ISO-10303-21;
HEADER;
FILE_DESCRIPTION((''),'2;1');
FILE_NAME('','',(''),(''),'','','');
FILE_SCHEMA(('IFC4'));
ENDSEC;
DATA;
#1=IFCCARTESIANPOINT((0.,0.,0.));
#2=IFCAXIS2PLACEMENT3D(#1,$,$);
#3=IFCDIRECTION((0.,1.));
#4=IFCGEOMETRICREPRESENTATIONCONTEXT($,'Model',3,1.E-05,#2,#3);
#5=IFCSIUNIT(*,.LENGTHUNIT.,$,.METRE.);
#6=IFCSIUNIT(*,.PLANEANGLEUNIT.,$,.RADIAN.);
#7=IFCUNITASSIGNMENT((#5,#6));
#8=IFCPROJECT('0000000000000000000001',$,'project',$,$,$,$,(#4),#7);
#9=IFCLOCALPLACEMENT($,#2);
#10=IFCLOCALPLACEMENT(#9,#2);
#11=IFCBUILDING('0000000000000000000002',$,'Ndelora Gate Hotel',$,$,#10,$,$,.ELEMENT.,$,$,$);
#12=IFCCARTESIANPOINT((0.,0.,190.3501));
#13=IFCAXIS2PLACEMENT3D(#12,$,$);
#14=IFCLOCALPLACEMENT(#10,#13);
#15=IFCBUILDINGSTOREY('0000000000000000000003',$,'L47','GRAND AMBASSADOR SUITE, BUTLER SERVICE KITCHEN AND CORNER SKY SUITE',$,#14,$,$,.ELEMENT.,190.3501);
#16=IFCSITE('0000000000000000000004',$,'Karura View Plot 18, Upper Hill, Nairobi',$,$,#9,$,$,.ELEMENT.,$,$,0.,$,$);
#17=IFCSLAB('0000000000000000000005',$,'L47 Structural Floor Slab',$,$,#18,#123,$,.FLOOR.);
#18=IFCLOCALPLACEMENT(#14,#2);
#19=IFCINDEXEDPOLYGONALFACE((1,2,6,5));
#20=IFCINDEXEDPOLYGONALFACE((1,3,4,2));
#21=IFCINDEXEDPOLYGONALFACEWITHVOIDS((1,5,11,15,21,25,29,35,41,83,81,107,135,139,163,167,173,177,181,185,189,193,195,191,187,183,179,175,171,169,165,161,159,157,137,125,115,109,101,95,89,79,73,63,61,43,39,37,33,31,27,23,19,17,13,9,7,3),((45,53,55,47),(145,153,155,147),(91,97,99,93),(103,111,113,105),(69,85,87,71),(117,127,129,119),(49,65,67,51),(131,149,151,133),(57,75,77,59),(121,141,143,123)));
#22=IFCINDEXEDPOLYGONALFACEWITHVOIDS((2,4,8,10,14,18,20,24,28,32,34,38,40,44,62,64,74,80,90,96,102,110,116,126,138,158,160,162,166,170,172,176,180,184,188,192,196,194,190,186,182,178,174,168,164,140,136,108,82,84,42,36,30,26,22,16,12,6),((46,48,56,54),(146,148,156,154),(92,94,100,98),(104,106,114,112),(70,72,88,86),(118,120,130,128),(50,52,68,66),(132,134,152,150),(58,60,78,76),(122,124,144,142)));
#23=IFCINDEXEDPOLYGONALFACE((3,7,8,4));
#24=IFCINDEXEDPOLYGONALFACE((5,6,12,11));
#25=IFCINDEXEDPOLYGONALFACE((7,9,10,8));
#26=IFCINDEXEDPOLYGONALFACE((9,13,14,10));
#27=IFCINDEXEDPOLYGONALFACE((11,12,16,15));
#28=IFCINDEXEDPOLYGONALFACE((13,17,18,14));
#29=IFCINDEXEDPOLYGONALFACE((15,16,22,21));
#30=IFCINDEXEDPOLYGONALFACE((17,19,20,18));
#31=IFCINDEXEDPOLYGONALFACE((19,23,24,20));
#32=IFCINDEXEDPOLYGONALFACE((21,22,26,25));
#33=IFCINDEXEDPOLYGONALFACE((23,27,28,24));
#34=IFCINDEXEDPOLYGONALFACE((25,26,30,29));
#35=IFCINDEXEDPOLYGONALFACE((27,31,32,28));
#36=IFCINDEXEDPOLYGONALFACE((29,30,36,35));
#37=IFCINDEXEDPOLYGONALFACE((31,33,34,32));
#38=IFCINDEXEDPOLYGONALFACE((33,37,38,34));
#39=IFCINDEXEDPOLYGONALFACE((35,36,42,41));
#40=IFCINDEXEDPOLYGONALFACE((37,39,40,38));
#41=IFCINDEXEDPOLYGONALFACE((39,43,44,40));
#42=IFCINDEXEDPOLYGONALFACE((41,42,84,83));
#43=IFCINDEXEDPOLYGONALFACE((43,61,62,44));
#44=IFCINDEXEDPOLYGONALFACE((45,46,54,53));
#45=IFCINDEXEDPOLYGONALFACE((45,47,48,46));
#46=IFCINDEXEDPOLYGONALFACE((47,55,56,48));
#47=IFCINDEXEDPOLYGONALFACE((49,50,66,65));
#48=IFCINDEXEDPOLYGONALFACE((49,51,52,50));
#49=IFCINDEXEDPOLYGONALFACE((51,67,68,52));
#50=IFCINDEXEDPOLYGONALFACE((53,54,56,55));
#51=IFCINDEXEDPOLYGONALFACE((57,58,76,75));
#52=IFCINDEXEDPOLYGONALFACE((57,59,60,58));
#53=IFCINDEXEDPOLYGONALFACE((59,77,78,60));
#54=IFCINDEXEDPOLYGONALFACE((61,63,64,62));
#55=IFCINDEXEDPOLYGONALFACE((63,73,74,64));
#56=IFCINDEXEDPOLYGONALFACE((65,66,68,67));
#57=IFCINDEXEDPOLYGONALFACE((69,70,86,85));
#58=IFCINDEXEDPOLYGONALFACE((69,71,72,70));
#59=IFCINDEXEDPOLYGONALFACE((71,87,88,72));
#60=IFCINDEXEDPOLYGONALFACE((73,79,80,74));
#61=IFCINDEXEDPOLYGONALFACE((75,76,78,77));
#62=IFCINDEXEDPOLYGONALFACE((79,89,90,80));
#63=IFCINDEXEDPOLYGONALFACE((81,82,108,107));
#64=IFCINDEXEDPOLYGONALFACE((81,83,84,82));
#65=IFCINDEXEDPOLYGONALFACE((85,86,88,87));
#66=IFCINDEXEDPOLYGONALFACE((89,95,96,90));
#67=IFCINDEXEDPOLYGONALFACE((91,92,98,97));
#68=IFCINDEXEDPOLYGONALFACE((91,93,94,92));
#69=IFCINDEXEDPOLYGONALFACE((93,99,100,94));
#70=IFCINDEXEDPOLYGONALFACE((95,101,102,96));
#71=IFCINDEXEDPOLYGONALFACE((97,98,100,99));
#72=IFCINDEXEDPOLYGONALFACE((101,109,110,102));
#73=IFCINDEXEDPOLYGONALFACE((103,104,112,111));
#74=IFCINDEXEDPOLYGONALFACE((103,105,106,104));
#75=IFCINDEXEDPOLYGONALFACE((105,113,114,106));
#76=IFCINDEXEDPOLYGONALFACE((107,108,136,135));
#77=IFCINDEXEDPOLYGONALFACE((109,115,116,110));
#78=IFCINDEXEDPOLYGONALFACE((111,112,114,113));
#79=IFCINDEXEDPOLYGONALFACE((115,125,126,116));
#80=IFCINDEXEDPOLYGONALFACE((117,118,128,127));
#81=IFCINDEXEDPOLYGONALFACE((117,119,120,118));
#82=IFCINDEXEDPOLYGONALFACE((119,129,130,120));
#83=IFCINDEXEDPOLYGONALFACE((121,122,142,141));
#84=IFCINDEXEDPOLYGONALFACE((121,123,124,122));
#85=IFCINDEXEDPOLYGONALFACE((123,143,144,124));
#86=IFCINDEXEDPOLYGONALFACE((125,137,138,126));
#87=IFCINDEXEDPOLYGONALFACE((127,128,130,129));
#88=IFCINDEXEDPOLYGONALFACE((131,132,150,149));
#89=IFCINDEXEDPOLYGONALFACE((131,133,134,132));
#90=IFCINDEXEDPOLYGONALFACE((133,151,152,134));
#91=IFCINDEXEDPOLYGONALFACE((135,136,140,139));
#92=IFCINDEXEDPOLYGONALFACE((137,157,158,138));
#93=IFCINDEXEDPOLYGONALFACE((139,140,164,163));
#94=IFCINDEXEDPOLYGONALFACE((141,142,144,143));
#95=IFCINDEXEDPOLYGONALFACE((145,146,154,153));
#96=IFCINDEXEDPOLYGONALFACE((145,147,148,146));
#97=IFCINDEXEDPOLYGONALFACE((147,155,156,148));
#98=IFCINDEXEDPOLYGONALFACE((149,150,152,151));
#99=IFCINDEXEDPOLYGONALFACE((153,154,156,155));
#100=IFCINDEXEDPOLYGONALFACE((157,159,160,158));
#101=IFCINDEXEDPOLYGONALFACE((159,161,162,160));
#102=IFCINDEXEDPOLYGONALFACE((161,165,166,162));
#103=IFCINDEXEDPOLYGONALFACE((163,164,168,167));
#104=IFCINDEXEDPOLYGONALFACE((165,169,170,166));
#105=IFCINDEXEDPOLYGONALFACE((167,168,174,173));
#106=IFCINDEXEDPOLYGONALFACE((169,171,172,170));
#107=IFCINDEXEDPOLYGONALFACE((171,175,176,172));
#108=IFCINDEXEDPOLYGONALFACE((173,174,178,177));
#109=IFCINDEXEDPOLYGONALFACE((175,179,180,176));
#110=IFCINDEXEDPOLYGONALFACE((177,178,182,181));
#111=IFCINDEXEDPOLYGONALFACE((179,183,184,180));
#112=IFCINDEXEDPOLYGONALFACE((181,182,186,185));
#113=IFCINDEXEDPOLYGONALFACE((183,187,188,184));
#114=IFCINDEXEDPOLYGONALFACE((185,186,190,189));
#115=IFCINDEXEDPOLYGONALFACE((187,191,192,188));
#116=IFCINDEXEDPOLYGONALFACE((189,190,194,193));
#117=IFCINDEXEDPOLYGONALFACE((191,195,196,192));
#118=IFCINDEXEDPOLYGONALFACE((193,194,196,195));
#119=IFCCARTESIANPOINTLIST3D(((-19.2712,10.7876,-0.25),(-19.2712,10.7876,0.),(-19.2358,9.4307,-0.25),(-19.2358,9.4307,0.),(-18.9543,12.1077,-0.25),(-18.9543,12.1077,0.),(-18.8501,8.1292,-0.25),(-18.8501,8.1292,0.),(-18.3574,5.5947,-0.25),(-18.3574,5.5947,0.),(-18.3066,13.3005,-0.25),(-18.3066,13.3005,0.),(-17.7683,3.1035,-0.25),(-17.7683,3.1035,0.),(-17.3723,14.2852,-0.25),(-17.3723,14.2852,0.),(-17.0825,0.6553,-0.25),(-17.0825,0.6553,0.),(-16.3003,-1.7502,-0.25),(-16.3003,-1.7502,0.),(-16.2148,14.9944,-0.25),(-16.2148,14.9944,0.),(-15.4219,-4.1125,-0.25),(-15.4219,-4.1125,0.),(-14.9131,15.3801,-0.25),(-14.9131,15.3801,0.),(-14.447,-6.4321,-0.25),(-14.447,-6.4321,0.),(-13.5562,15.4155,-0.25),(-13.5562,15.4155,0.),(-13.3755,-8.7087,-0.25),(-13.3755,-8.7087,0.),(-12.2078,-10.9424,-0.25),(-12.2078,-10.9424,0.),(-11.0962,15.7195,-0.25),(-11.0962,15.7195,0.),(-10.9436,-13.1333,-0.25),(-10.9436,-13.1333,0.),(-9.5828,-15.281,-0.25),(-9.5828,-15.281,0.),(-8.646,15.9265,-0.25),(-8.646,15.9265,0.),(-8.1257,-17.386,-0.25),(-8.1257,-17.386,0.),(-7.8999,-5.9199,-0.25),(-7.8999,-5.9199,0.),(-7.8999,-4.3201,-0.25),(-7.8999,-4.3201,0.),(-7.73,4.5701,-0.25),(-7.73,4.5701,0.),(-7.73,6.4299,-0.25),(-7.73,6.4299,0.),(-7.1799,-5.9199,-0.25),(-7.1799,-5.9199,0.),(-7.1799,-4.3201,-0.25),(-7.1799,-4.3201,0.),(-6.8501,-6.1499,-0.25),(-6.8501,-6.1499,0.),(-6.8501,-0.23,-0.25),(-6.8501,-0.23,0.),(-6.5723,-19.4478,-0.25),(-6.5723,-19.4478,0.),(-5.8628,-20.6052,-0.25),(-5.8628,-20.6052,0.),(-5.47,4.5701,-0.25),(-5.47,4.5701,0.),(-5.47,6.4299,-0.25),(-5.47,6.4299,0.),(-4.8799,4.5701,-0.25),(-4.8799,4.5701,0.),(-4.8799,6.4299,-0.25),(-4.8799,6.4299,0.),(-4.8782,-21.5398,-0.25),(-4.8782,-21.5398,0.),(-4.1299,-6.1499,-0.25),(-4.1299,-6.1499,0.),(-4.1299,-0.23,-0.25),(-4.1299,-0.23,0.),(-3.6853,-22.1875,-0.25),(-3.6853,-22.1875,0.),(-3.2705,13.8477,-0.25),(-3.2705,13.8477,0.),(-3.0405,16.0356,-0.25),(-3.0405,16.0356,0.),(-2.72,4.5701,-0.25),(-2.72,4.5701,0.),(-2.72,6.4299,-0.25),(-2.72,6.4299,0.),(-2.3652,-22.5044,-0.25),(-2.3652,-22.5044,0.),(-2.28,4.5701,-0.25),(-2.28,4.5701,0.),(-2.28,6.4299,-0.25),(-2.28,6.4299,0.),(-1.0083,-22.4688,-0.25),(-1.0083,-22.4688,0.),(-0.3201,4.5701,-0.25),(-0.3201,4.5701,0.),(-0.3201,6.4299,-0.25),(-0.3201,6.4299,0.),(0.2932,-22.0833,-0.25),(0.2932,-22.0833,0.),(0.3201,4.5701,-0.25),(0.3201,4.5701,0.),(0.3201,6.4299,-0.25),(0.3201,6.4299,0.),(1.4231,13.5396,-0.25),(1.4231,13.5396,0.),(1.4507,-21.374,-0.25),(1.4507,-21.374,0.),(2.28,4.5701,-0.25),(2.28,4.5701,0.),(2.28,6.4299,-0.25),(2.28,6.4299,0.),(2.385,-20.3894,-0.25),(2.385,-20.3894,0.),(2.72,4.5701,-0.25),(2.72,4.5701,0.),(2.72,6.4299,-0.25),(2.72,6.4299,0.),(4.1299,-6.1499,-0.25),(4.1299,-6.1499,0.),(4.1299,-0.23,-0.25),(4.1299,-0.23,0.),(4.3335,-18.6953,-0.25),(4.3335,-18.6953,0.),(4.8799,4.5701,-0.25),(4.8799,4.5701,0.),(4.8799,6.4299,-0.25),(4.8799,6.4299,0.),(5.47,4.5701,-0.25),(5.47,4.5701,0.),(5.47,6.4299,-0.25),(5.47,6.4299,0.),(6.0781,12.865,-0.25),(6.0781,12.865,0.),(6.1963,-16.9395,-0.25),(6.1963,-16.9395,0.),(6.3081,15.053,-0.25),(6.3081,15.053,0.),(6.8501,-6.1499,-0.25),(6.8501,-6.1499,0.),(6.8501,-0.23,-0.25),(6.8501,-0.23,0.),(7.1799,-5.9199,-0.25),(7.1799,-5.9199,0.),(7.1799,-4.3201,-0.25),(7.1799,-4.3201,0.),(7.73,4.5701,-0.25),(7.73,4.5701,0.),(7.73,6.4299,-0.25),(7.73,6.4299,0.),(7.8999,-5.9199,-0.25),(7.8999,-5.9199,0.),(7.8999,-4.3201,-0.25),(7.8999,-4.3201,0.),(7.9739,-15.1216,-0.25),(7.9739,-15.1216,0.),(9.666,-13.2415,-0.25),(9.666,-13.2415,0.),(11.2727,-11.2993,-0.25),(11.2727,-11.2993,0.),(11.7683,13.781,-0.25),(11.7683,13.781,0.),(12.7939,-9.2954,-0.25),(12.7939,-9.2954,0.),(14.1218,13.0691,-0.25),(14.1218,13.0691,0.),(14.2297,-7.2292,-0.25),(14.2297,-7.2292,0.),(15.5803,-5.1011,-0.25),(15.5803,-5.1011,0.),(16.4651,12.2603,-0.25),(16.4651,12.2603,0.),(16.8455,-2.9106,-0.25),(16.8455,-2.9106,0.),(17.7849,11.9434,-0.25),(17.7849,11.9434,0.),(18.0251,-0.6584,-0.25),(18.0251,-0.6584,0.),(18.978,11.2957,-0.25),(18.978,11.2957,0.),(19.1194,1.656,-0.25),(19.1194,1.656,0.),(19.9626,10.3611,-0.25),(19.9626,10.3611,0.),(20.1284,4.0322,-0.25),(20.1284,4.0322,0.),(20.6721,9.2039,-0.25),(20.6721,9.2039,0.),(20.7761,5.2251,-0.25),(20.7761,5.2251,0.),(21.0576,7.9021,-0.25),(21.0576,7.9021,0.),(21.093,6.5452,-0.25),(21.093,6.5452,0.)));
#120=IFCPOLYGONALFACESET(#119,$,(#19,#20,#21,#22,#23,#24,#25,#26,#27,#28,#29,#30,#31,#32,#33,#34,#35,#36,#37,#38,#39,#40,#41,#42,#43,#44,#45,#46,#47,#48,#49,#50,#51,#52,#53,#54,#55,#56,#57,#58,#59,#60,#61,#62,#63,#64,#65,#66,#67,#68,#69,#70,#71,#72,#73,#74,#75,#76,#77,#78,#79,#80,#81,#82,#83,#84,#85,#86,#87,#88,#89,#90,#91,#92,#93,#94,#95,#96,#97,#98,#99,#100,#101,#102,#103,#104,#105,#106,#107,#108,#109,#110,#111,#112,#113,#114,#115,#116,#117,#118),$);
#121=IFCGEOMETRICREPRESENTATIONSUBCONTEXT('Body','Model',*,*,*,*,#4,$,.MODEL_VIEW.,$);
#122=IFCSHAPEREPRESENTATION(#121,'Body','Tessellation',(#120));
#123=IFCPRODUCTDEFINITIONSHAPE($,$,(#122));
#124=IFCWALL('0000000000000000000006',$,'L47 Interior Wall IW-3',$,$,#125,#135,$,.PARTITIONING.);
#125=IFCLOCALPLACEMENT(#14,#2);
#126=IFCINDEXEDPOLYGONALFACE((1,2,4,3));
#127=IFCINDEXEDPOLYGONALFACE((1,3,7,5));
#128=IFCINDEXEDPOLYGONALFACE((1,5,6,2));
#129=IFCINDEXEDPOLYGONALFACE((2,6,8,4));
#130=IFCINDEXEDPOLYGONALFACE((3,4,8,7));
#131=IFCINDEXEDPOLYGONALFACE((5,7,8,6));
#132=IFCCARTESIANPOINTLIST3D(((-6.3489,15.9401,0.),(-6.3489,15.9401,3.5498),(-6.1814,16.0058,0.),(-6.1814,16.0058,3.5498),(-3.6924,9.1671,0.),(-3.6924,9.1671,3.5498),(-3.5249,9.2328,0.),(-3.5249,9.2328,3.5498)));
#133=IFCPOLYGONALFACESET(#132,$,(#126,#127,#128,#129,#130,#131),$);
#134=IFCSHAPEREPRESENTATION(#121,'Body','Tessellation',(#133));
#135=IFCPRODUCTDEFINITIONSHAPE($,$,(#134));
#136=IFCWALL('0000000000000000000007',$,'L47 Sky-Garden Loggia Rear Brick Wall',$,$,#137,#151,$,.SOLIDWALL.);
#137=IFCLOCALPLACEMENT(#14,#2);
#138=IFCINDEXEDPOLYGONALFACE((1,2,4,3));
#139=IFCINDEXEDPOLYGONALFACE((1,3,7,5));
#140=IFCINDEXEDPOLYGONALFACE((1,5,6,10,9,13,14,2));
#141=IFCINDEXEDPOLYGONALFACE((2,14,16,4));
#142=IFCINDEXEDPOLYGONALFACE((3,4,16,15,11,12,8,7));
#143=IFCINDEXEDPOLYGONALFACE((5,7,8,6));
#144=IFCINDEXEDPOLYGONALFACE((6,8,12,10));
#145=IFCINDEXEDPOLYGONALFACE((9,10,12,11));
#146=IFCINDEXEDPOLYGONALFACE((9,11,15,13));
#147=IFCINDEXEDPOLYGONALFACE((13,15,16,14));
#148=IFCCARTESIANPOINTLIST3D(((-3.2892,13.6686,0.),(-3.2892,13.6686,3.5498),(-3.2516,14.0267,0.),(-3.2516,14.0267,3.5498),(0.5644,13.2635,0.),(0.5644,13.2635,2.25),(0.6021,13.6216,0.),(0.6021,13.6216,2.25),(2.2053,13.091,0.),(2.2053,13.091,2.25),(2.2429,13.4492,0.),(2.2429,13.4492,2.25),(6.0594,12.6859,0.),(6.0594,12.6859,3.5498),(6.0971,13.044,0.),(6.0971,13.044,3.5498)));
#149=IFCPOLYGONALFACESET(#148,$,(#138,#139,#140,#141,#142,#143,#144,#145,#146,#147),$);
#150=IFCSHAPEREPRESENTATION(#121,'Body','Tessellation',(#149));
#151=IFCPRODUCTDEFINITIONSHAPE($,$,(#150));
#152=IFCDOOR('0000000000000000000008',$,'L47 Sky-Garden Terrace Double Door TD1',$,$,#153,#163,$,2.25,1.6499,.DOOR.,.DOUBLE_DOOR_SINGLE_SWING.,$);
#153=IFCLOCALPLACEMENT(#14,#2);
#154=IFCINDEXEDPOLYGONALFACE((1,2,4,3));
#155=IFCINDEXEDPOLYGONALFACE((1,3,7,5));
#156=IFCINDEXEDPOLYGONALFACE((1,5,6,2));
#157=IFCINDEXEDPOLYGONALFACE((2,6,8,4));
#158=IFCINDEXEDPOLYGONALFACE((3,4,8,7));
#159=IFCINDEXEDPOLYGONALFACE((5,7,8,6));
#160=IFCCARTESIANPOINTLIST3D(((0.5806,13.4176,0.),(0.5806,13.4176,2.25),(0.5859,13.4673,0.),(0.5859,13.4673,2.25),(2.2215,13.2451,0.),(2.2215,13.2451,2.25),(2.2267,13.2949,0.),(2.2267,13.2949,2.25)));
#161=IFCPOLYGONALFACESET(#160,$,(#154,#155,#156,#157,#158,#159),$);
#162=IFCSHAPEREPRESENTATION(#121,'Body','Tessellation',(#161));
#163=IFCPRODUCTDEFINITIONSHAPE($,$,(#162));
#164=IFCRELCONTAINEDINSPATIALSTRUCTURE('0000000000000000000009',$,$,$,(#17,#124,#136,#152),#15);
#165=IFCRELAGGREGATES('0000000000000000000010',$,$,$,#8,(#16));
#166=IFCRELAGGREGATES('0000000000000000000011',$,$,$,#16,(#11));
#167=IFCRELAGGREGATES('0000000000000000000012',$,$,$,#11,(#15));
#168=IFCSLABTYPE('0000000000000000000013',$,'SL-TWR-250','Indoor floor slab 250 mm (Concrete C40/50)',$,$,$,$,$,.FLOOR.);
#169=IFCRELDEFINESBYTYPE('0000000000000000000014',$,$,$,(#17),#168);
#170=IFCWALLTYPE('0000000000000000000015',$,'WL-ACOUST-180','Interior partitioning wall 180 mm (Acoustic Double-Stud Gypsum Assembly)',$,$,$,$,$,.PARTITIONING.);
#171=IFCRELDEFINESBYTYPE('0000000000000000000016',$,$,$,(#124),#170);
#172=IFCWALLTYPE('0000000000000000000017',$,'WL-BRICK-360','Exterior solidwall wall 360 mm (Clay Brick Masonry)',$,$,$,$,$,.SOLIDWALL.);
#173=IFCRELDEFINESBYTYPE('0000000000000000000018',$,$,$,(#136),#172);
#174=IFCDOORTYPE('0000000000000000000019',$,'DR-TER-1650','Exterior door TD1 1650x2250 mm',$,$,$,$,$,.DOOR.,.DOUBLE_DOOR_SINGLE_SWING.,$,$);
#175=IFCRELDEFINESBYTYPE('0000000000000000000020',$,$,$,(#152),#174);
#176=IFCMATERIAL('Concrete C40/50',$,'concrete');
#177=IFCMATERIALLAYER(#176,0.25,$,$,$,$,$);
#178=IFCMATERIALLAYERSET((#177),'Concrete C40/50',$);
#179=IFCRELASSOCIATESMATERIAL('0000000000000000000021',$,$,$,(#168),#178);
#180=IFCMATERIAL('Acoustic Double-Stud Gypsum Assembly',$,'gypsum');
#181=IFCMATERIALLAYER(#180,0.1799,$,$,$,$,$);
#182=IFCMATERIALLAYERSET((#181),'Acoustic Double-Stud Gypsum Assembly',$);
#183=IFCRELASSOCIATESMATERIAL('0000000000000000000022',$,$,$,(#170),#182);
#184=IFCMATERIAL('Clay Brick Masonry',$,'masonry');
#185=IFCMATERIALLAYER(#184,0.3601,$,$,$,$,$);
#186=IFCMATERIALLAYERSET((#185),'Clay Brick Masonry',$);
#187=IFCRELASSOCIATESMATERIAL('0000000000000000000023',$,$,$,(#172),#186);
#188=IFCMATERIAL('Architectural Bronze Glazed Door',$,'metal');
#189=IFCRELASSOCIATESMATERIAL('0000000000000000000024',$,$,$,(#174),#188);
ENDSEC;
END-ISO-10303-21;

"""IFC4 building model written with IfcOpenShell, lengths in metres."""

from ifc_helpers import new_model, si_unit, direction, frame, frame_2d, origin, place, context, subcontext, project, spatial, polyline, rectangle, outline, extrude, material, layer, layer_set, type_object, element, fill, save


model = new_model("IFC4")

# Units and contexts
model_context = context("Model", 3, precision=1e-05, world=origin(), true_north=direction((0.0, 1.0)))
body_context = subcontext(model_context, "Body", "Model", "MODEL_VIEW")
ifc_project = project(units=[si_unit("LENGTHUNIT", "METRE"), si_unit("PLANEANGLEUNIT", "RADIAN")], contexts=[model_context])

# Site, building, storey
site_placement = place(None, origin())
site = spatial("IfcSite", under=ifc_project, at=site_placement, Name="Karura View Plot 18, Upper Hill, Nairobi", CompositionType="ELEMENT", RefElevation=0.0)
building_placement = place(site_placement, origin())
building = spatial("IfcBuilding", under=site, at=building_placement, Name="Ndelora Gate Hotel", CompositionType="ELEMENT")
storey_placement = place(building_placement, frame((0.0, 0.0, 190.3501)))
storey = spatial("IfcBuildingStorey", under=building, at=storey_placement, Name="L47", Description="GRAND AMBASSADOR SUITE, BUTLER SERVICE KITCHEN AND CORNER SKY SUITE", CompositionType="ELEMENT", Elevation=190.3501)

# Slab
ifc_material_1 = material(Name="Concrete C40/50", Category="concrete")
ifc_layer_1 = layer(ifc_material_1, 0.25)
ifc_layer_set_1 = layer_set([ifc_layer_1], Name="Concrete C40/50")
slab_type_1 = type_object("IfcSlabType", Name="SL-TWR-250", Description="Indoor floor slab 250 mm (Concrete C40/50)", PredefinedType="FLOOR", material=ifc_layer_set_1)
slab_1_placement = place(storey_placement, frame((0.0, 0.0, -0.25)))
element("IfcSlab", 1, at=slab_1_placement, inside=storey, type_object=slab_type_1, Name="L47 Structural Floor Slab", PredefinedType="FLOOR", context=body_context, shape_type="SweptSolid", body=[
    extrude(outline(polyline([(-13.5562, 15.4155), (-14.9131, 15.3801), (-16.2148, 14.9944), (-17.3723, 14.2852), (-18.3066, 13.3005), (-18.9543, 12.1077), (-19.2712, 10.7876), (-19.2358, 9.4307), (-18.8501, 8.1292), (-18.3574, 5.5947), (-17.7683, 3.1035), (-17.0825, 0.6553), (-16.3003, -1.7502), (-15.4219, -4.1125), (-14.447, -6.4321), (-13.3755, -8.7087), (-12.2078, -10.9424), (-10.9436, -13.1333), (-9.5828, -15.281), (-8.1257, -17.386), (-6.5723, -19.4478), (-5.8628, -20.6052), (-4.8782, -21.5398), (-3.6853, -22.1875), (-2.3652, -22.5044), (-1.0083, -22.4688), (0.2932, -22.0833), (1.4507, -21.374), (2.385, -20.3894), (4.3335, -18.6953), (6.1963, -16.9395), (7.9739, -15.1216), (9.666, -13.2415), (11.2727, -11.2993), (12.7939, -9.2954), (14.2297, -7.2292), (15.5803, -5.1011), (16.8455, -2.9106), (18.0251, -0.6584), (19.1194, 1.656), (20.1284, 4.0322), (20.7761, 5.2251), (21.093, 6.5452), (21.0576, 7.9021), (20.6721, 9.2039), (19.9626, 10.3611), (18.978, 11.2957), (17.7849, 11.9434), (16.4651, 12.2603), (14.1218, 13.0691), (11.7683, 13.781), (6.3081, 15.053), (6.0781, 12.865), (1.4231, 13.5396), (-3.2705, 13.8477), (-3.0405, 16.0356), (-8.646, 15.9265), (-11.0962, 15.7195), (-13.5562, 15.4155)]), holes=[polyline([(-6.8501, -0.23), (-6.8501, -6.1499), (-4.1299, -6.1499), (-4.1299, -0.23), (-6.8501, -0.23)]), polyline([(4.1299, -0.23), (4.1299, -6.1499), (6.8501, -6.1499), (6.8501, -0.23), (4.1299, -0.23)]), polyline([(-7.73, 4.5701), (-5.47, 4.5701), (-5.47, 6.4299), (-7.73, 6.4299), (-7.73, 4.5701)]), polyline([(5.47, 4.5701), (7.73, 4.5701), (7.73, 6.4299), (5.47, 6.4299), (5.47, 4.5701)]), polyline([(-4.8799, 4.5701), (-2.72, 4.5701), (-2.72, 6.4299), (-4.8799, 6.4299), (-4.8799, 4.5701)]), polyline([(2.72, 4.5701), (4.8799, 4.5701), (4.8799, 6.4299), (2.72, 6.4299), (2.72, 4.5701)]), polyline([(-2.28, 4.5701), (-0.3201, 4.5701), (-0.3201, 6.4299), (-2.28, 6.4299), (-2.28, 4.5701)]), polyline([(0.3201, 4.5701), (2.28, 4.5701), (2.28, 6.4299), (0.3201, 6.4299), (0.3201, 4.5701)]), polyline([(-7.8999, -5.9199), (-7.1799, -5.9199), (-7.1799, -4.3201), (-7.8999, -4.3201), (-7.8999, -5.9199)]), polyline([(7.1799, -5.9199), (7.8999, -5.9199), (7.8999, -4.3201), (7.1799, -4.3201), (7.1799, -5.9199)])]), origin(), (0.0, 0.0, 1.0), 0.25),
])

# Wall
ifc_material_2 = material(Name="Acoustic Double-Stud Gypsum Assembly", Category="gypsum")
ifc_layer_2 = layer(ifc_material_2, 0.1799)
ifc_layer_set_2 = layer_set([ifc_layer_2], Name="Acoustic Double-Stud Gypsum Assembly")
wall_type_1 = type_object("IfcWallType", Name="WL-ACOUST-180", Description="Interior partitioning wall 180 mm (Acoustic Double-Stud Gypsum Assembly)", PredefinedType="PARTITIONING", material=ifc_layer_set_2)
wall_1_placement = place(storey_placement, frame((-3.6086, 9.2, 0.0), z_axis=(0.0, 0.0, 1.0), x_axis=(-0.365139, 0.930953, 0.0)))
element("IfcWall", 2, at=wall_1_placement, inside=storey, type_object=wall_type_1, Name="L47 Interior Wall IW-3", PredefinedType="PARTITIONING", context=body_context, shape_type="SweptSolid", body=[
    extrude(rectangle(XDim=7.2754, YDim=0.1799, at=frame_2d((3.6377, 0.0))), origin(), (0.0, 0.0, 1.0), 3.5498),
])

# Wall, opening, door
ifc_material_3 = material(Name="Clay Brick Masonry", Category="masonry")
ifc_layer_3 = layer(ifc_material_3, 0.3601)
ifc_layer_set_3 = layer_set([ifc_layer_3], Name="Clay Brick Masonry")
wall_type_2 = type_object("IfcWallType", Name="WL-BRICK-360", Description="Exterior solidwall wall 360 mm (Clay Brick Masonry)", PredefinedType="SOLIDWALL", material=ifc_layer_set_3)
wall_2_placement = place(storey_placement, frame((-3.2705, 13.8477, 0.0), z_axis=(0.0, 0.0, 1.0), x_axis=(0.994521, -0.104537, 0.0)))
wall_2 = element("IfcWall", 3, at=wall_2_placement, inside=storey, type_object=wall_type_2, Name="L47 Sky-Garden Loggia Rear Brick Wall", PredefinedType="SOLIDWALL", context=body_context, shape_type="SweptSolid", body=[
    extrude(rectangle(XDim=9.4001, YDim=0.3601, at=frame_2d((4.7002, 0.0))), origin(), (0.0, 0.0, 1.0), 3.5498),
])
opening_1_placement = place(wall_2_placement, frame((3.875, 0.0, 0.0)))
opening_1 = element("IfcOpeningElement", 4, at=opening_1_placement, cuts=wall_2, PredefinedType="OPENING", context=body_context, shape_type="SweptSolid", body=[
    extrude(rectangle(XDim=1.6499, YDim=2.25, at=frame_2d((0.825, 1.125))), frame((0.0, 0.1899, 0.0), z_axis=(0.0, -1.0, 0.0), x_axis=(1.0, 0.0, 0.0)), (0.0, 0.0, 1.0), 0.3801),
])
ifc_material_4 = material(Name="Architectural Bronze Glazed Door", Category="metal")
door_type_1 = type_object("IfcDoorType", Name="DR-TER-1650", Description="Exterior door TD1 1650x2250 mm", OperationType="DOUBLE_DOOR_SINGLE_SWING", PredefinedType="DOOR", material=ifc_material_4)
door_1_placement = place(opening_1_placement, origin())
door_1 = element("IfcDoor", 5, at=door_1_placement, inside=storey, type_object=door_type_1, Name="L47 Sky-Garden Terrace Double Door TD1", OperationType="DOUBLE_DOOR_SINGLE_SWING", OverallHeight=2.25, OverallWidth=1.6499, PredefinedType="DOOR", context=body_context, shape_type="SweptSolid", body=[
    extrude(rectangle(XDim=1.6499, YDim=2.25, at=frame_2d((0.825, 1.125))), frame((0.0, 0.0249, 0.0), z_axis=(0.0, -1.0, 0.0), x_axis=(1.0, 0.0, 0.0)), (0.0, 0.0, 1.0), 0.05),
])
fill(opening_1, door_1)

save(model, "model.ifc")
